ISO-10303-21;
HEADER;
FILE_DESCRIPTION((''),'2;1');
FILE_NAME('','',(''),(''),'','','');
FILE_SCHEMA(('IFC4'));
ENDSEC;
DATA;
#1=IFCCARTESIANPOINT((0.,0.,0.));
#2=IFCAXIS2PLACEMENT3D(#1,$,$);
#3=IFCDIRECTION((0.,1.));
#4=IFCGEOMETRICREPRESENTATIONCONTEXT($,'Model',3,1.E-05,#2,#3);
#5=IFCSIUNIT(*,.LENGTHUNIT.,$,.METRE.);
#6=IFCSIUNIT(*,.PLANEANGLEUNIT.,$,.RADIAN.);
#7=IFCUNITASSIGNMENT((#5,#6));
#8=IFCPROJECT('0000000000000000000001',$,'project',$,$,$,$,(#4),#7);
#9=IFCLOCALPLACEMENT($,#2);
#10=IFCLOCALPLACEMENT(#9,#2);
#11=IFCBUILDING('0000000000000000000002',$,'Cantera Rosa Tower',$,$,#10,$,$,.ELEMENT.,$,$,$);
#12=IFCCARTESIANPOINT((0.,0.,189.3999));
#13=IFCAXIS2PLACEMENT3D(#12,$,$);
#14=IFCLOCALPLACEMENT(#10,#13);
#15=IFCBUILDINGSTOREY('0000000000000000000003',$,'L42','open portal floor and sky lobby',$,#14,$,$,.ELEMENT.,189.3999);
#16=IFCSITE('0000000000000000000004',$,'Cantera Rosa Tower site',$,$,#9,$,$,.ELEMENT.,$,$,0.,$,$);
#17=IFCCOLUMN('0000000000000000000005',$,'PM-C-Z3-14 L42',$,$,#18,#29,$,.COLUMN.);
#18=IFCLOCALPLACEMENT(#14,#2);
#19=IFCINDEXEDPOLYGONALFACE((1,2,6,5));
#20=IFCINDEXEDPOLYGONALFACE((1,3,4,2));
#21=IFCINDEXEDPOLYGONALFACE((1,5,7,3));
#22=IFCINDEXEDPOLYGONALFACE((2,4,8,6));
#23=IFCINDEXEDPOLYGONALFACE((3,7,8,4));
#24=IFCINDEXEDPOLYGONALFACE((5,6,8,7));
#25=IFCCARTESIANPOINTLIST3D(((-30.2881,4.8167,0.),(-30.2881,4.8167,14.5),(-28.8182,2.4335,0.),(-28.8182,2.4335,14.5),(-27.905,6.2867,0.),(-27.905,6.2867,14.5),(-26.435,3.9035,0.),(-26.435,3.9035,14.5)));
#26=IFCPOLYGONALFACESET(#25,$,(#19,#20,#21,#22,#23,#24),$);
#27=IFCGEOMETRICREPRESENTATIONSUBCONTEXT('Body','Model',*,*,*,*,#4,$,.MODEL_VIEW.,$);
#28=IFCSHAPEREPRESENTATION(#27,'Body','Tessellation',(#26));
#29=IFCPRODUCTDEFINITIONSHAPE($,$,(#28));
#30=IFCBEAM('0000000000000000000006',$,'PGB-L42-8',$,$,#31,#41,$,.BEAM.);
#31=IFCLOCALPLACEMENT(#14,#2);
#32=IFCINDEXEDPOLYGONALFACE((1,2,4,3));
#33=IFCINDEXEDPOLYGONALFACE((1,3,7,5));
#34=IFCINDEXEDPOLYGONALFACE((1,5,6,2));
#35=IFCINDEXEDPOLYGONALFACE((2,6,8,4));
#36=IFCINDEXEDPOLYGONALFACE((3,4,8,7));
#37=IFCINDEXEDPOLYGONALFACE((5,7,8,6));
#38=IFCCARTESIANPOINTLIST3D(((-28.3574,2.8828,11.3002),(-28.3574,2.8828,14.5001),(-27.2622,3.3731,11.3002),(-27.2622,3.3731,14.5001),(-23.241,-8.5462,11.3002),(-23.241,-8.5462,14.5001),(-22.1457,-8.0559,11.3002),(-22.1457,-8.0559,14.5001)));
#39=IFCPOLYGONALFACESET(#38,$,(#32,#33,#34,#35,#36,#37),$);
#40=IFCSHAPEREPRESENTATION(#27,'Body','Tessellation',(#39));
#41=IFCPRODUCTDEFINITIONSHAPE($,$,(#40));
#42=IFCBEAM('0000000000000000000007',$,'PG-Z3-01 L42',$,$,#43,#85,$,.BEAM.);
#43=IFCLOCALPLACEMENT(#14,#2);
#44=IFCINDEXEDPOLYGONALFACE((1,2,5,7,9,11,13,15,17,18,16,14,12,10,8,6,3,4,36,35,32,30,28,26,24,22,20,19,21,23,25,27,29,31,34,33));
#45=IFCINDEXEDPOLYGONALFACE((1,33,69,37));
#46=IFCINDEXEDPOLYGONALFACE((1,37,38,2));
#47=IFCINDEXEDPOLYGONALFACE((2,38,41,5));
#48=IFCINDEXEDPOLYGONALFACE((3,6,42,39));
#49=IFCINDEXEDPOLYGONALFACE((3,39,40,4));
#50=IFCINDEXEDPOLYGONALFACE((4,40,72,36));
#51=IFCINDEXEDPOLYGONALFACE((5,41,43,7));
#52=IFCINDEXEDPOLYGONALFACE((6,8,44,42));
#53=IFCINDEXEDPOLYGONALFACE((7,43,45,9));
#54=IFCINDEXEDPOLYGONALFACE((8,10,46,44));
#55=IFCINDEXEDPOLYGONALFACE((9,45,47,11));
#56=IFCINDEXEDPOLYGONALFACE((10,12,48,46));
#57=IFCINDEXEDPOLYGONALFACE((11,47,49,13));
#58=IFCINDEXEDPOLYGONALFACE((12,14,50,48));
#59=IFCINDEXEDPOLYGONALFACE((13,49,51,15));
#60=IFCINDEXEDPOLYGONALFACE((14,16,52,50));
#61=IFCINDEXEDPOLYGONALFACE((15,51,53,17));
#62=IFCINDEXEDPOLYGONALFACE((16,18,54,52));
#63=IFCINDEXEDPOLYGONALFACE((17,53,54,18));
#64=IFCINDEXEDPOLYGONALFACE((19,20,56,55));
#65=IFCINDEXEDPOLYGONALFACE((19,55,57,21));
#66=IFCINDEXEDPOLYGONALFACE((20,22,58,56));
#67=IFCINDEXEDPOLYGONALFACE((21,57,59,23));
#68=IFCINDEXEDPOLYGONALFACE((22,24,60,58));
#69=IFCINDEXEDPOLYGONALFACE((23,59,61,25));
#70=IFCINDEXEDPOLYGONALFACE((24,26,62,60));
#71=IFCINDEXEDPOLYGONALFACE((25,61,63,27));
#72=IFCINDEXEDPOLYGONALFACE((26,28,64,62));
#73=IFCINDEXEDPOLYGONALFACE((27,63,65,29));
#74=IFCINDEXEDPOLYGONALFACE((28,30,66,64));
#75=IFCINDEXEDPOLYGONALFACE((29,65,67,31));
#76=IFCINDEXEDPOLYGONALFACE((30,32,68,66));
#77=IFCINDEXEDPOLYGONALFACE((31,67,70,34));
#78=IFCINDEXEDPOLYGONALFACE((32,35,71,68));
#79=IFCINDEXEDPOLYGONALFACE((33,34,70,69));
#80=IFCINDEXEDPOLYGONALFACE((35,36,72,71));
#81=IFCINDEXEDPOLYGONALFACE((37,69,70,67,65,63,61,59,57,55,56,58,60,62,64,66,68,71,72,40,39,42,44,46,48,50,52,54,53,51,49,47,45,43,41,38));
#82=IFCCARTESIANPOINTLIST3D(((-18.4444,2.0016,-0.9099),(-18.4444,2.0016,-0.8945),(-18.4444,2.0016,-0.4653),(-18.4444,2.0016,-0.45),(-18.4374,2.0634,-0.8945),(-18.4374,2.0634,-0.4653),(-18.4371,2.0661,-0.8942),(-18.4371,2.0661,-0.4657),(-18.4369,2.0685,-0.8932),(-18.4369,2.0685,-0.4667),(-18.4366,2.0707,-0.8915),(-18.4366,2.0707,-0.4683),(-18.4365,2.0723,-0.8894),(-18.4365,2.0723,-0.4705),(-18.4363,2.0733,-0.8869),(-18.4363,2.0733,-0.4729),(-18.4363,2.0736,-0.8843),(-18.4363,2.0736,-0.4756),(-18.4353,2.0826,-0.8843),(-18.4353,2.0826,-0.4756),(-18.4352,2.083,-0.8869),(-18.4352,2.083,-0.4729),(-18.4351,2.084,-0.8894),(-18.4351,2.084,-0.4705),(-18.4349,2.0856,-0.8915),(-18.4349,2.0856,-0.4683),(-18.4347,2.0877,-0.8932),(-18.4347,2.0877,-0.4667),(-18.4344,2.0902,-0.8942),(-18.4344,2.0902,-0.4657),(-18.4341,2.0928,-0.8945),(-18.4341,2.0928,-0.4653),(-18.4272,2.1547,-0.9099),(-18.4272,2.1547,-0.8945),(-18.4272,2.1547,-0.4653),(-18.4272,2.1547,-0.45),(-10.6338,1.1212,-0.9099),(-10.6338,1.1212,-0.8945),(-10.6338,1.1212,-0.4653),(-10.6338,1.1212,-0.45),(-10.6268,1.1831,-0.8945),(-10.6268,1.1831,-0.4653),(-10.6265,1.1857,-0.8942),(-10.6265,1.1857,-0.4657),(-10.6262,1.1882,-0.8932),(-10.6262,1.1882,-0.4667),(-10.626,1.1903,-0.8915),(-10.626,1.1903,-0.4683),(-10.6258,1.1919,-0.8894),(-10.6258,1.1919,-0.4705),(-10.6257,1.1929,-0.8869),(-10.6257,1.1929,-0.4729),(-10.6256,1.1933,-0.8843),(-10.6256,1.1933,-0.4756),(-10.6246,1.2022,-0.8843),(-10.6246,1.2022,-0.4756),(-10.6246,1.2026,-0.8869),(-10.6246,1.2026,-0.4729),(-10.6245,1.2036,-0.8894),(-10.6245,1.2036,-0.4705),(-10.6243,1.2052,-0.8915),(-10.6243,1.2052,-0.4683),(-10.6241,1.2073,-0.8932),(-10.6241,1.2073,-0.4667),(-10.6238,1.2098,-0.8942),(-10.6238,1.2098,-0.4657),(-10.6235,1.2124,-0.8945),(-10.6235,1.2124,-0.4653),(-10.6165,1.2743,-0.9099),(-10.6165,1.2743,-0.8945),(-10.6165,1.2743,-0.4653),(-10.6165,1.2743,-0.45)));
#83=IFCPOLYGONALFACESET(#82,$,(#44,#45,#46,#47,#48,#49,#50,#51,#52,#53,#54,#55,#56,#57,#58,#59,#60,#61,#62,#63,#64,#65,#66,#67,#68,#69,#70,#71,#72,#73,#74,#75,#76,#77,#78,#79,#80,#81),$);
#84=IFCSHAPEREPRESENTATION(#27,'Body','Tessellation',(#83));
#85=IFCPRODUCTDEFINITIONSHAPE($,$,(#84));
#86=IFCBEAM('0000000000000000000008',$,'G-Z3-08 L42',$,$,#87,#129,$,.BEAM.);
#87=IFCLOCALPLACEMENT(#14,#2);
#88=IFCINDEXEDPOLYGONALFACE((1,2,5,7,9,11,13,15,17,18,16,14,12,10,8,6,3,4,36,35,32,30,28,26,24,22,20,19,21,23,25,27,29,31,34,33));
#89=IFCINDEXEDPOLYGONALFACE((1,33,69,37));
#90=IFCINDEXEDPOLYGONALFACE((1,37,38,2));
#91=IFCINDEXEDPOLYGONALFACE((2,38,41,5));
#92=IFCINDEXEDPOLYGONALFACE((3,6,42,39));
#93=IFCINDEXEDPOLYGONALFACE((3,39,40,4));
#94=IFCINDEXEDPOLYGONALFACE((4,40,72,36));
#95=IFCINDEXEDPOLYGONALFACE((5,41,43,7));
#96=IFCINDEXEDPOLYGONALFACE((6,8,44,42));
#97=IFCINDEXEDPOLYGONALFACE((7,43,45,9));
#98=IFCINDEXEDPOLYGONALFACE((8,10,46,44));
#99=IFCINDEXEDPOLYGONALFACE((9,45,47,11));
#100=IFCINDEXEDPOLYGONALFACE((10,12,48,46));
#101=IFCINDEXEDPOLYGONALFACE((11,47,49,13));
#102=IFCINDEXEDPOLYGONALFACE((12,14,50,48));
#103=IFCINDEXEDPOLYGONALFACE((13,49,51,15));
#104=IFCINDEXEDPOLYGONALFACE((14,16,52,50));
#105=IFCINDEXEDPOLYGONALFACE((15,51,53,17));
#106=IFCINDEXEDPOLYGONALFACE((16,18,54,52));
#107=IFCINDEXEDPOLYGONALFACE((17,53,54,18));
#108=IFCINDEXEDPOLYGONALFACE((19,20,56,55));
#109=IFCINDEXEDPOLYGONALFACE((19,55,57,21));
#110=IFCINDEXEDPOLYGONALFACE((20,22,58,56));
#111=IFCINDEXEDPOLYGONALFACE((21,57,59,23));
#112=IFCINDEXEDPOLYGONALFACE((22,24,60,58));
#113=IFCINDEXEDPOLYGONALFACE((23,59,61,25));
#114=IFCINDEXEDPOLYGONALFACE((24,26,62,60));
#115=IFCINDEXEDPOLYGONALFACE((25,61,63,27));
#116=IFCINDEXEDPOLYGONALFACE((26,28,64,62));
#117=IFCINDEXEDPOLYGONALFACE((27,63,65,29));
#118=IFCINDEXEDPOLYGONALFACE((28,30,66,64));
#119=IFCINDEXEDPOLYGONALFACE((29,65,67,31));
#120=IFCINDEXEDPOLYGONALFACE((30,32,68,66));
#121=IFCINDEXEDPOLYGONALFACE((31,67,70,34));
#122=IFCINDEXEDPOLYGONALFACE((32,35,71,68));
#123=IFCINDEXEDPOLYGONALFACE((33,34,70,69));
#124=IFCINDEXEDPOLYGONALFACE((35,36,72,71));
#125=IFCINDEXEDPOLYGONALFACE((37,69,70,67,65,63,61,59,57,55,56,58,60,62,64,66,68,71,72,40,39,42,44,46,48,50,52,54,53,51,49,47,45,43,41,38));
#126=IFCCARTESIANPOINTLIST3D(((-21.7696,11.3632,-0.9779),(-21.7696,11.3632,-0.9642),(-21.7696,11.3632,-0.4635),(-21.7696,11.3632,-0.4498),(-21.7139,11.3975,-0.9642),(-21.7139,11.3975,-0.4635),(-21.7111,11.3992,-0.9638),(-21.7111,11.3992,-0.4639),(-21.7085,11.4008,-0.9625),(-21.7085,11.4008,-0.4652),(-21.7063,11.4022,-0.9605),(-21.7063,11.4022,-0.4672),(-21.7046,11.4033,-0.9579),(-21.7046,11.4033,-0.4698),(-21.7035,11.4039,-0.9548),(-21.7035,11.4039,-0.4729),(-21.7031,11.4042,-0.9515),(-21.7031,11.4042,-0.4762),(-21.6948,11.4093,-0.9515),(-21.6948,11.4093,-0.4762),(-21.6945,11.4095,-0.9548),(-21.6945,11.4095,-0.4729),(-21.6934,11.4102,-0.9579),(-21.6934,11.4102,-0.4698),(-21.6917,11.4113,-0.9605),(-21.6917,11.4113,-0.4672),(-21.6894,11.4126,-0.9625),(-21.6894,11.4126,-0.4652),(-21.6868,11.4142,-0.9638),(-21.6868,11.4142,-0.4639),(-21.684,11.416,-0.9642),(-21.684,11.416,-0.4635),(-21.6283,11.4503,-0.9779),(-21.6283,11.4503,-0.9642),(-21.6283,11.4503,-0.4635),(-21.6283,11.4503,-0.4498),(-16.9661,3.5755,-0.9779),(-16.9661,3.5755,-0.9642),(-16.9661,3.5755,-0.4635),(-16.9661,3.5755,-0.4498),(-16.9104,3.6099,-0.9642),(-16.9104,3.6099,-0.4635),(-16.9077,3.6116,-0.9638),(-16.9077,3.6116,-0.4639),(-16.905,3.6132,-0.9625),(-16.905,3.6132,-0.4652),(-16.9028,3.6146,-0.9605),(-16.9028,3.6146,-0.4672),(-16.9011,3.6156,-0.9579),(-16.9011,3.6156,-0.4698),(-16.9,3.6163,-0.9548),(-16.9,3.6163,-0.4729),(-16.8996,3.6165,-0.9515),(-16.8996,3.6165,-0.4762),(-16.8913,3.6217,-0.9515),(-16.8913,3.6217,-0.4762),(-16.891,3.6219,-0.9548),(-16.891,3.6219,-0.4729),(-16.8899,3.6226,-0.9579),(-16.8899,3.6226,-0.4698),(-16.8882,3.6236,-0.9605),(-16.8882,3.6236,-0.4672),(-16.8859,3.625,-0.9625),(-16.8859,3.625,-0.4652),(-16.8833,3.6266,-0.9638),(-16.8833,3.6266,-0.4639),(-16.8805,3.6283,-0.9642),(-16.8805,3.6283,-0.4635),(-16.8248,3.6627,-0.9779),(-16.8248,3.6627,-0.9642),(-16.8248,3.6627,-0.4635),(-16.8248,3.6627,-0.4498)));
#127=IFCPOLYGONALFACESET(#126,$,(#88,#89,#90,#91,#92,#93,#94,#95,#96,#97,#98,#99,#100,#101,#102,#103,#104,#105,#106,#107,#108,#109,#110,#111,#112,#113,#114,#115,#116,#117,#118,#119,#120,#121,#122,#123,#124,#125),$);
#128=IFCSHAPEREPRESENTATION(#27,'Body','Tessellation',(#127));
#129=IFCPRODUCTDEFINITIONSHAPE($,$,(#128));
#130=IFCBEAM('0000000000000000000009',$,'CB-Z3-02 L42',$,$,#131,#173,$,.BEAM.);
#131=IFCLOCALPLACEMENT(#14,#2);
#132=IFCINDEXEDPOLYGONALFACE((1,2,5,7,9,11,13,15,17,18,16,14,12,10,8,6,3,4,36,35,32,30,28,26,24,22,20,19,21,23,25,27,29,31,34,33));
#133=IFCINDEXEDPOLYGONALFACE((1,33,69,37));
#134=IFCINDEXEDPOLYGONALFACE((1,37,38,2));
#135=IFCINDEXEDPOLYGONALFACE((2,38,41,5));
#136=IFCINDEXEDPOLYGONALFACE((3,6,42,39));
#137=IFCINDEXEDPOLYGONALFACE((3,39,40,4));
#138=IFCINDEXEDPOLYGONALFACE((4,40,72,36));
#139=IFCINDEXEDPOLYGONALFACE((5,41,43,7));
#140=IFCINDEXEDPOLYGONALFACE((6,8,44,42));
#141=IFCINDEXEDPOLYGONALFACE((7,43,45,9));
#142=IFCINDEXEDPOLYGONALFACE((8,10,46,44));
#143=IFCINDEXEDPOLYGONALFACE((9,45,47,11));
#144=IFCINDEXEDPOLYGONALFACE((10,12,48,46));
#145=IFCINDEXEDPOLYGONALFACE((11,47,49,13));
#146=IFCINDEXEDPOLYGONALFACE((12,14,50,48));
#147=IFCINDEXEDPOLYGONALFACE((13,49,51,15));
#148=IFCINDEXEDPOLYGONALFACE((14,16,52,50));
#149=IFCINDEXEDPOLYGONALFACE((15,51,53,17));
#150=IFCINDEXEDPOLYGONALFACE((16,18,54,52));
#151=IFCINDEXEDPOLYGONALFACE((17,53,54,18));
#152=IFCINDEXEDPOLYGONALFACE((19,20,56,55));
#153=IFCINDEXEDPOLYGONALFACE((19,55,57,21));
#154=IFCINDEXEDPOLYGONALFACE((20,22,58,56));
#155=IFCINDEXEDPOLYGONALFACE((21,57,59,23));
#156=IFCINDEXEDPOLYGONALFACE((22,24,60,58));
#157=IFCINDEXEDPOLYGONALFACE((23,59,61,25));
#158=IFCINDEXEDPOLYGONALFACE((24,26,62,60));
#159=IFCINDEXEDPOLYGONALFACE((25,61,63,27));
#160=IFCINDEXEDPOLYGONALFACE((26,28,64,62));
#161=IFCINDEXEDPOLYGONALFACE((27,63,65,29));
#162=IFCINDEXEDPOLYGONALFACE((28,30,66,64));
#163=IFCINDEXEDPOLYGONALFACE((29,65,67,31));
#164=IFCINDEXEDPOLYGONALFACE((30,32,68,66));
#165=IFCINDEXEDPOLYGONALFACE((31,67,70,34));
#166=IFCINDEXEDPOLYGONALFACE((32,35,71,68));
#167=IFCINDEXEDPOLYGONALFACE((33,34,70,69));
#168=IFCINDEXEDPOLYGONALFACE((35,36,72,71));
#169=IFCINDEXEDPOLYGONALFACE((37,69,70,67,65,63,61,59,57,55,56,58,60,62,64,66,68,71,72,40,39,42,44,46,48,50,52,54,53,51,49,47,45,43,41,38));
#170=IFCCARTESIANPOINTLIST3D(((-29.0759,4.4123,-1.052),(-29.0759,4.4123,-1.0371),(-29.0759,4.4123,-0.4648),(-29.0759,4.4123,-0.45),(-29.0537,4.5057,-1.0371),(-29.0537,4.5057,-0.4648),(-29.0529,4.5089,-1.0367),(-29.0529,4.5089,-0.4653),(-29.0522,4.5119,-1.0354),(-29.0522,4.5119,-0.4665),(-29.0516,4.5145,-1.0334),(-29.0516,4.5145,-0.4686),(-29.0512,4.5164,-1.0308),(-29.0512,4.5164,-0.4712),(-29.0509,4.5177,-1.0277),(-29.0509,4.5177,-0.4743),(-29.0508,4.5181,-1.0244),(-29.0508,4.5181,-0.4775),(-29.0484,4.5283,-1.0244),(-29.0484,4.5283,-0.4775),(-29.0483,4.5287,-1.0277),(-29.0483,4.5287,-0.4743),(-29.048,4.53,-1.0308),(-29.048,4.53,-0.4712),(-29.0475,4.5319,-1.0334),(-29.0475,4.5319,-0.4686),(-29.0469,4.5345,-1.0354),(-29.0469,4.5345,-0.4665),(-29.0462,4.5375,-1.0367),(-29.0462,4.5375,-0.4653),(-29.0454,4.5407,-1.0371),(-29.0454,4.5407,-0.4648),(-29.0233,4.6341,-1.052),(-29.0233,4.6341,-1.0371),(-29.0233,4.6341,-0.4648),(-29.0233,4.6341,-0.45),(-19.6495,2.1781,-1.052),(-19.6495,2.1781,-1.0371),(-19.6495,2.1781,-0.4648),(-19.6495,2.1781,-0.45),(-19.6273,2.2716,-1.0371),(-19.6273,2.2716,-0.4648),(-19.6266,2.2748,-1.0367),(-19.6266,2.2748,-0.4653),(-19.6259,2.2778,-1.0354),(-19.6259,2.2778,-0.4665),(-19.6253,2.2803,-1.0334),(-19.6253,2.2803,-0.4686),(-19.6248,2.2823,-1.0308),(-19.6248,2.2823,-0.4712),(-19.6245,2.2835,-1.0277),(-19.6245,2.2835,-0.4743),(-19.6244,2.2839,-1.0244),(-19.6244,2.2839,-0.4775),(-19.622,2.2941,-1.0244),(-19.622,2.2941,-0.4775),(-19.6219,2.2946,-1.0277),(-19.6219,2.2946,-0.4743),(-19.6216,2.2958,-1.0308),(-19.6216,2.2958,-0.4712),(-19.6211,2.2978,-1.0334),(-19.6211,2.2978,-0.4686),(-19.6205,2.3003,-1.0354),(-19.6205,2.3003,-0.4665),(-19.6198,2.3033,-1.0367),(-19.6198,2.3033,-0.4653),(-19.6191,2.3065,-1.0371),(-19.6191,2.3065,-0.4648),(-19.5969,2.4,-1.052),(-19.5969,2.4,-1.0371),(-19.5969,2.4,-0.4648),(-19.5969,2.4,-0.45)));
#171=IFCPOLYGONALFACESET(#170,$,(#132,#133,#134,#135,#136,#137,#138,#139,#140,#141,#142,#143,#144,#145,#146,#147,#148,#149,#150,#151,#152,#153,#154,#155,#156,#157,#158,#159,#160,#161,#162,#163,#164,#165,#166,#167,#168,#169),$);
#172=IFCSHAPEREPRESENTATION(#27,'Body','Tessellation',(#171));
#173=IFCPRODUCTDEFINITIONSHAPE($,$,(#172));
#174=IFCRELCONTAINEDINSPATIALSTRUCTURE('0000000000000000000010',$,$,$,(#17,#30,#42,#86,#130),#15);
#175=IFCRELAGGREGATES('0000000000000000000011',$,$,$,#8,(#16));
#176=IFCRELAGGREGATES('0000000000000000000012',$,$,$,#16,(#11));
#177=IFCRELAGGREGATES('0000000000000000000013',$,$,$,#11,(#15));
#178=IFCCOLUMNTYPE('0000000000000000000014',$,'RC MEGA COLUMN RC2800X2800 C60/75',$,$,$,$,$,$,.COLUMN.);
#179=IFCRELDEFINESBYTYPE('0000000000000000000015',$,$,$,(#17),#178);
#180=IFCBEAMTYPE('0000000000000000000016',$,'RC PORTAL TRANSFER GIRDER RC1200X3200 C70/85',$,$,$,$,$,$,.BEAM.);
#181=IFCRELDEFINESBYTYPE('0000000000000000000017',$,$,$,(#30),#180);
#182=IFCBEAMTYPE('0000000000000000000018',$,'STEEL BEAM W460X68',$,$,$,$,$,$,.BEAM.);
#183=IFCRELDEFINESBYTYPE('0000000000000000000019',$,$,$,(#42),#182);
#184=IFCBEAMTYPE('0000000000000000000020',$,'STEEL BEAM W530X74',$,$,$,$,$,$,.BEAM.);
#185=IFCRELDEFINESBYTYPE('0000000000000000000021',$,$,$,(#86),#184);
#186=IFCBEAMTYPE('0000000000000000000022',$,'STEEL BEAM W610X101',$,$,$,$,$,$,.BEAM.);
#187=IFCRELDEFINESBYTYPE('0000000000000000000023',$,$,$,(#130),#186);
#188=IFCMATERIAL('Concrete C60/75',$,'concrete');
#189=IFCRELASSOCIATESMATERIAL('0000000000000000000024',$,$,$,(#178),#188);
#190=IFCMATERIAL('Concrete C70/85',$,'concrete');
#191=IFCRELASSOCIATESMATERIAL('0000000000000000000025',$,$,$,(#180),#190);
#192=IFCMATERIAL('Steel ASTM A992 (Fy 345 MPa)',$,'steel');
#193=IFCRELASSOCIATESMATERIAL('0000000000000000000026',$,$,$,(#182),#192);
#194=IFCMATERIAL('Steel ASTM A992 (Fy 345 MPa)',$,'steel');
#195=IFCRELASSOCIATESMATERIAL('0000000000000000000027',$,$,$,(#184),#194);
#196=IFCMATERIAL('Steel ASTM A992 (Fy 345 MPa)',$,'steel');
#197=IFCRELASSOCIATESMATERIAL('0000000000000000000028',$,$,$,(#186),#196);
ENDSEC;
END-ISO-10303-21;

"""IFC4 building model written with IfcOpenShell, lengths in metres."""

from ifc_helpers import new_model, si_unit, direction, frame, origin, origin_2d, place, context, subcontext, project, spatial, rectangle, i_section, extrude, material, material_profile, profile_set, type_object, element, save


model = new_model("IFC4")

# Units and contexts
model_context = context("Model", 3, precision=1e-05, world=origin(), true_north=direction((0.0, 1.0)))
body_context = subcontext(model_context, "Body", "Model", "MODEL_VIEW")
ifc_project = project(units=[si_unit("LENGTHUNIT", "METRE"), si_unit("PLANEANGLEUNIT", "RADIAN")], contexts=[model_context])

# Site, building, storey
site_placement = place(None, origin())
site = spatial("IfcSite", under=ifc_project, at=site_placement, Name="Cantera Rosa Tower site", CompositionType="ELEMENT", RefElevation=0.0)
building_placement = place(site_placement, origin())
building = spatial("IfcBuilding", under=site, at=building_placement, Name="Cantera Rosa Tower", CompositionType="ELEMENT")
storey_placement = place(building_placement, frame((0.0, 0.0, 189.3999)))
storey = spatial("IfcBuildingStorey", under=building, at=storey_placement, Name="L42", Description="open portal floor and sky lobby", CompositionType="ELEMENT", Elevation=189.3999)

# Column
ifc_material_1 = material(Name="Concrete C60/75", Category="concrete")
ifc_material_profile_1 = material_profile(ifc_material_1, rectangle(XDim=2.8, YDim=2.8, at=origin_2d()), Name="RC MEGA COLUMN RC2800X2800 C60/75")
ifc_profile_set_1 = profile_set([ifc_material_profile_1], Name="Concrete C60/75")
column_type = type_object("IfcColumnType", Name="RC MEGA COLUMN RC2800X2800 C60/75", PredefinedType="COLUMN", material=ifc_profile_set_1)
column_placement = place(storey_placement, frame((-28.3616, 4.3601, 0.0), z_axis=(0.0, 0.0, 1.0), x_axis=(0.851117, 0.524977, 0.0)))
element("IfcColumn", 1, at=column_placement, inside=storey, type_object=column_type, Name="PM-C-Z3-14 L42", PredefinedType="COLUMN", context=body_context, shape_type="SweptSolid", body=[
    extrude(rectangle(XDim=2.8, YDim=2.8, at=origin_2d()), origin(), (0.0, 0.0, 1.0), 14.5),
])

# Beams
ifc_material_2 = material(Name="Concrete C70/85", Category="concrete")
ifc_material_profile_2 = material_profile(ifc_material_2, rectangle(XDim=1.2, YDim=3.2, at=origin_2d()), Name="RC PORTAL TRANSFER GIRDER RC1200X3200 C70/85")
ifc_profile_set_2 = profile_set([ifc_material_profile_2], Name="Concrete C70/85")
beam_type_1 = type_object("IfcBeamType", Name="RC PORTAL TRANSFER GIRDER RC1200X3200 C70/85", PredefinedType="BEAM", material=ifc_profile_set_2)
beam_1_placement = place(storey_placement, frame((-27.8098, 3.1279, 12.9001), z_axis=(0.408599, -0.912714, 0.0), x_axis=(0.912714, 0.408599, 0.0)))
element("IfcBeam", 2, at=beam_1_placement, inside=storey, type_object=beam_type_1, Name="PGB-L42-8", PredefinedType="BEAM", context=body_context, shape_type="SweptSolid", body=[
    extrude(rectangle(XDim=1.2, YDim=3.2, at=origin_2d()), origin(), (0.0, 0.0, 1.0), 12.522),
])
ifc_material_3 = material(Name="Steel ASTM A992 (Fy 345 MPa)", Category="steel")
ifc_material_profile_3 = material_profile(ifc_material_3, i_section(OverallWidth=0.1541, OverallDepth=0.46, WebThickness=0.009, FlangeThickness=0.0154, FilletRadius=0.0103, at=origin_2d()), Name="W460X68")
ifc_profile_set_3 = profile_set([ifc_material_profile_3], Name="Steel ASTM A992 (Fy 345 MPa)")
beam_type_2 = type_object("IfcBeamType", Name="STEEL BEAM W460X68", PredefinedType="BEAM", material=ifc_profile_set_3)
beam_2_placement = place(storey_placement, frame((-18.4358, 2.0781, -0.6799), z_axis=(0.993707, -0.112006, 0.0), x_axis=(0.112006, 0.993707, 0.0)))
element("IfcBeam", 3, at=beam_2_placement, inside=storey, type_object=beam_type_2, Name="PG-Z3-01 L42", PredefinedType="BEAM", context=body_context, shape_type="SweptSolid", body=[
    extrude(i_section(OverallWidth=0.1541, OverallDepth=0.46, WebThickness=0.009, FlangeThickness=0.0154, FilletRadius=0.0103, at=origin_2d()), origin(), (0.0, 0.0, 1.0), 7.8601),
])
ifc_material_4 = material(Name="Steel ASTM A992 (Fy 345 MPa)", Category="steel")
ifc_material_profile_4 = material_profile(ifc_material_4, i_section(OverallWidth=0.166, OverallDepth=0.5281, WebThickness=0.0098, FlangeThickness=0.0137, FilletRadius=0.0127, at=origin_2d()), Name="W530X74")
ifc_profile_set_4 = profile_set([ifc_material_profile_4], Name="Steel ASTM A992 (Fy 345 MPa)")
beam_type_3 = type_object("IfcBeamType", Name="STEEL BEAM W530X74", PredefinedType="BEAM", material=ifc_profile_set_4)
beam_3_placement = place(storey_placement, frame((-21.699, 11.4067, -0.7139), z_axis=(0.524977, -0.851116, 0.0), x_axis=(0.851116, 0.524977, 0.0)))
element("IfcBeam", 4, at=beam_3_placement, inside=storey, type_object=beam_type_3, Name="G-Z3-08 L42", PredefinedType="BEAM", context=body_context, shape_type="SweptSolid", body=[
    extrude(i_section(OverallWidth=0.166, OverallDepth=0.5281, WebThickness=0.0098, FlangeThickness=0.0137, FilletRadius=0.0127, at=origin_2d()), origin(), (0.0, 0.0, 1.0), 9.1499),
])
ifc_material_5 = material(Name="Steel ASTM A992 (Fy 345 MPa)", Category="steel")
ifc_material_profile_5 = material_profile(ifc_material_5, i_section(OverallWidth=0.228, OverallDepth=0.6021, WebThickness=0.0105, FlangeThickness=0.0149, FilletRadius=0.0127, at=origin_2d()), Name="W610X101")
ifc_profile_set_5 = profile_set([ifc_material_profile_5], Name="Steel ASTM A992 (Fy 345 MPa)")
beam_type_4 = type_object("IfcBeamType", Name="STEEL BEAM W610X101", PredefinedType="BEAM", material=ifc_profile_set_5)
beam_4_placement = place(storey_placement, frame((-29.0496, 4.5232, -0.751), z_axis=(0.973043, -0.230622, 0.0), x_axis=(0.230622, 0.973043, 0.0)))
element("IfcBeam", 5, at=beam_4_placement, inside=storey, type_object=beam_type_4, Name="CB-Z3-02 L42", PredefinedType="BEAM", context=body_context, shape_type="SweptSolid", body=[
    extrude(i_section(OverallWidth=0.228, OverallDepth=0.6021, WebThickness=0.0105, FlangeThickness=0.0149, FilletRadius=0.0127, at=origin_2d()), origin(), (0.0, 0.0, 1.0), 9.6875),
])

save(model, "model.ifc")
